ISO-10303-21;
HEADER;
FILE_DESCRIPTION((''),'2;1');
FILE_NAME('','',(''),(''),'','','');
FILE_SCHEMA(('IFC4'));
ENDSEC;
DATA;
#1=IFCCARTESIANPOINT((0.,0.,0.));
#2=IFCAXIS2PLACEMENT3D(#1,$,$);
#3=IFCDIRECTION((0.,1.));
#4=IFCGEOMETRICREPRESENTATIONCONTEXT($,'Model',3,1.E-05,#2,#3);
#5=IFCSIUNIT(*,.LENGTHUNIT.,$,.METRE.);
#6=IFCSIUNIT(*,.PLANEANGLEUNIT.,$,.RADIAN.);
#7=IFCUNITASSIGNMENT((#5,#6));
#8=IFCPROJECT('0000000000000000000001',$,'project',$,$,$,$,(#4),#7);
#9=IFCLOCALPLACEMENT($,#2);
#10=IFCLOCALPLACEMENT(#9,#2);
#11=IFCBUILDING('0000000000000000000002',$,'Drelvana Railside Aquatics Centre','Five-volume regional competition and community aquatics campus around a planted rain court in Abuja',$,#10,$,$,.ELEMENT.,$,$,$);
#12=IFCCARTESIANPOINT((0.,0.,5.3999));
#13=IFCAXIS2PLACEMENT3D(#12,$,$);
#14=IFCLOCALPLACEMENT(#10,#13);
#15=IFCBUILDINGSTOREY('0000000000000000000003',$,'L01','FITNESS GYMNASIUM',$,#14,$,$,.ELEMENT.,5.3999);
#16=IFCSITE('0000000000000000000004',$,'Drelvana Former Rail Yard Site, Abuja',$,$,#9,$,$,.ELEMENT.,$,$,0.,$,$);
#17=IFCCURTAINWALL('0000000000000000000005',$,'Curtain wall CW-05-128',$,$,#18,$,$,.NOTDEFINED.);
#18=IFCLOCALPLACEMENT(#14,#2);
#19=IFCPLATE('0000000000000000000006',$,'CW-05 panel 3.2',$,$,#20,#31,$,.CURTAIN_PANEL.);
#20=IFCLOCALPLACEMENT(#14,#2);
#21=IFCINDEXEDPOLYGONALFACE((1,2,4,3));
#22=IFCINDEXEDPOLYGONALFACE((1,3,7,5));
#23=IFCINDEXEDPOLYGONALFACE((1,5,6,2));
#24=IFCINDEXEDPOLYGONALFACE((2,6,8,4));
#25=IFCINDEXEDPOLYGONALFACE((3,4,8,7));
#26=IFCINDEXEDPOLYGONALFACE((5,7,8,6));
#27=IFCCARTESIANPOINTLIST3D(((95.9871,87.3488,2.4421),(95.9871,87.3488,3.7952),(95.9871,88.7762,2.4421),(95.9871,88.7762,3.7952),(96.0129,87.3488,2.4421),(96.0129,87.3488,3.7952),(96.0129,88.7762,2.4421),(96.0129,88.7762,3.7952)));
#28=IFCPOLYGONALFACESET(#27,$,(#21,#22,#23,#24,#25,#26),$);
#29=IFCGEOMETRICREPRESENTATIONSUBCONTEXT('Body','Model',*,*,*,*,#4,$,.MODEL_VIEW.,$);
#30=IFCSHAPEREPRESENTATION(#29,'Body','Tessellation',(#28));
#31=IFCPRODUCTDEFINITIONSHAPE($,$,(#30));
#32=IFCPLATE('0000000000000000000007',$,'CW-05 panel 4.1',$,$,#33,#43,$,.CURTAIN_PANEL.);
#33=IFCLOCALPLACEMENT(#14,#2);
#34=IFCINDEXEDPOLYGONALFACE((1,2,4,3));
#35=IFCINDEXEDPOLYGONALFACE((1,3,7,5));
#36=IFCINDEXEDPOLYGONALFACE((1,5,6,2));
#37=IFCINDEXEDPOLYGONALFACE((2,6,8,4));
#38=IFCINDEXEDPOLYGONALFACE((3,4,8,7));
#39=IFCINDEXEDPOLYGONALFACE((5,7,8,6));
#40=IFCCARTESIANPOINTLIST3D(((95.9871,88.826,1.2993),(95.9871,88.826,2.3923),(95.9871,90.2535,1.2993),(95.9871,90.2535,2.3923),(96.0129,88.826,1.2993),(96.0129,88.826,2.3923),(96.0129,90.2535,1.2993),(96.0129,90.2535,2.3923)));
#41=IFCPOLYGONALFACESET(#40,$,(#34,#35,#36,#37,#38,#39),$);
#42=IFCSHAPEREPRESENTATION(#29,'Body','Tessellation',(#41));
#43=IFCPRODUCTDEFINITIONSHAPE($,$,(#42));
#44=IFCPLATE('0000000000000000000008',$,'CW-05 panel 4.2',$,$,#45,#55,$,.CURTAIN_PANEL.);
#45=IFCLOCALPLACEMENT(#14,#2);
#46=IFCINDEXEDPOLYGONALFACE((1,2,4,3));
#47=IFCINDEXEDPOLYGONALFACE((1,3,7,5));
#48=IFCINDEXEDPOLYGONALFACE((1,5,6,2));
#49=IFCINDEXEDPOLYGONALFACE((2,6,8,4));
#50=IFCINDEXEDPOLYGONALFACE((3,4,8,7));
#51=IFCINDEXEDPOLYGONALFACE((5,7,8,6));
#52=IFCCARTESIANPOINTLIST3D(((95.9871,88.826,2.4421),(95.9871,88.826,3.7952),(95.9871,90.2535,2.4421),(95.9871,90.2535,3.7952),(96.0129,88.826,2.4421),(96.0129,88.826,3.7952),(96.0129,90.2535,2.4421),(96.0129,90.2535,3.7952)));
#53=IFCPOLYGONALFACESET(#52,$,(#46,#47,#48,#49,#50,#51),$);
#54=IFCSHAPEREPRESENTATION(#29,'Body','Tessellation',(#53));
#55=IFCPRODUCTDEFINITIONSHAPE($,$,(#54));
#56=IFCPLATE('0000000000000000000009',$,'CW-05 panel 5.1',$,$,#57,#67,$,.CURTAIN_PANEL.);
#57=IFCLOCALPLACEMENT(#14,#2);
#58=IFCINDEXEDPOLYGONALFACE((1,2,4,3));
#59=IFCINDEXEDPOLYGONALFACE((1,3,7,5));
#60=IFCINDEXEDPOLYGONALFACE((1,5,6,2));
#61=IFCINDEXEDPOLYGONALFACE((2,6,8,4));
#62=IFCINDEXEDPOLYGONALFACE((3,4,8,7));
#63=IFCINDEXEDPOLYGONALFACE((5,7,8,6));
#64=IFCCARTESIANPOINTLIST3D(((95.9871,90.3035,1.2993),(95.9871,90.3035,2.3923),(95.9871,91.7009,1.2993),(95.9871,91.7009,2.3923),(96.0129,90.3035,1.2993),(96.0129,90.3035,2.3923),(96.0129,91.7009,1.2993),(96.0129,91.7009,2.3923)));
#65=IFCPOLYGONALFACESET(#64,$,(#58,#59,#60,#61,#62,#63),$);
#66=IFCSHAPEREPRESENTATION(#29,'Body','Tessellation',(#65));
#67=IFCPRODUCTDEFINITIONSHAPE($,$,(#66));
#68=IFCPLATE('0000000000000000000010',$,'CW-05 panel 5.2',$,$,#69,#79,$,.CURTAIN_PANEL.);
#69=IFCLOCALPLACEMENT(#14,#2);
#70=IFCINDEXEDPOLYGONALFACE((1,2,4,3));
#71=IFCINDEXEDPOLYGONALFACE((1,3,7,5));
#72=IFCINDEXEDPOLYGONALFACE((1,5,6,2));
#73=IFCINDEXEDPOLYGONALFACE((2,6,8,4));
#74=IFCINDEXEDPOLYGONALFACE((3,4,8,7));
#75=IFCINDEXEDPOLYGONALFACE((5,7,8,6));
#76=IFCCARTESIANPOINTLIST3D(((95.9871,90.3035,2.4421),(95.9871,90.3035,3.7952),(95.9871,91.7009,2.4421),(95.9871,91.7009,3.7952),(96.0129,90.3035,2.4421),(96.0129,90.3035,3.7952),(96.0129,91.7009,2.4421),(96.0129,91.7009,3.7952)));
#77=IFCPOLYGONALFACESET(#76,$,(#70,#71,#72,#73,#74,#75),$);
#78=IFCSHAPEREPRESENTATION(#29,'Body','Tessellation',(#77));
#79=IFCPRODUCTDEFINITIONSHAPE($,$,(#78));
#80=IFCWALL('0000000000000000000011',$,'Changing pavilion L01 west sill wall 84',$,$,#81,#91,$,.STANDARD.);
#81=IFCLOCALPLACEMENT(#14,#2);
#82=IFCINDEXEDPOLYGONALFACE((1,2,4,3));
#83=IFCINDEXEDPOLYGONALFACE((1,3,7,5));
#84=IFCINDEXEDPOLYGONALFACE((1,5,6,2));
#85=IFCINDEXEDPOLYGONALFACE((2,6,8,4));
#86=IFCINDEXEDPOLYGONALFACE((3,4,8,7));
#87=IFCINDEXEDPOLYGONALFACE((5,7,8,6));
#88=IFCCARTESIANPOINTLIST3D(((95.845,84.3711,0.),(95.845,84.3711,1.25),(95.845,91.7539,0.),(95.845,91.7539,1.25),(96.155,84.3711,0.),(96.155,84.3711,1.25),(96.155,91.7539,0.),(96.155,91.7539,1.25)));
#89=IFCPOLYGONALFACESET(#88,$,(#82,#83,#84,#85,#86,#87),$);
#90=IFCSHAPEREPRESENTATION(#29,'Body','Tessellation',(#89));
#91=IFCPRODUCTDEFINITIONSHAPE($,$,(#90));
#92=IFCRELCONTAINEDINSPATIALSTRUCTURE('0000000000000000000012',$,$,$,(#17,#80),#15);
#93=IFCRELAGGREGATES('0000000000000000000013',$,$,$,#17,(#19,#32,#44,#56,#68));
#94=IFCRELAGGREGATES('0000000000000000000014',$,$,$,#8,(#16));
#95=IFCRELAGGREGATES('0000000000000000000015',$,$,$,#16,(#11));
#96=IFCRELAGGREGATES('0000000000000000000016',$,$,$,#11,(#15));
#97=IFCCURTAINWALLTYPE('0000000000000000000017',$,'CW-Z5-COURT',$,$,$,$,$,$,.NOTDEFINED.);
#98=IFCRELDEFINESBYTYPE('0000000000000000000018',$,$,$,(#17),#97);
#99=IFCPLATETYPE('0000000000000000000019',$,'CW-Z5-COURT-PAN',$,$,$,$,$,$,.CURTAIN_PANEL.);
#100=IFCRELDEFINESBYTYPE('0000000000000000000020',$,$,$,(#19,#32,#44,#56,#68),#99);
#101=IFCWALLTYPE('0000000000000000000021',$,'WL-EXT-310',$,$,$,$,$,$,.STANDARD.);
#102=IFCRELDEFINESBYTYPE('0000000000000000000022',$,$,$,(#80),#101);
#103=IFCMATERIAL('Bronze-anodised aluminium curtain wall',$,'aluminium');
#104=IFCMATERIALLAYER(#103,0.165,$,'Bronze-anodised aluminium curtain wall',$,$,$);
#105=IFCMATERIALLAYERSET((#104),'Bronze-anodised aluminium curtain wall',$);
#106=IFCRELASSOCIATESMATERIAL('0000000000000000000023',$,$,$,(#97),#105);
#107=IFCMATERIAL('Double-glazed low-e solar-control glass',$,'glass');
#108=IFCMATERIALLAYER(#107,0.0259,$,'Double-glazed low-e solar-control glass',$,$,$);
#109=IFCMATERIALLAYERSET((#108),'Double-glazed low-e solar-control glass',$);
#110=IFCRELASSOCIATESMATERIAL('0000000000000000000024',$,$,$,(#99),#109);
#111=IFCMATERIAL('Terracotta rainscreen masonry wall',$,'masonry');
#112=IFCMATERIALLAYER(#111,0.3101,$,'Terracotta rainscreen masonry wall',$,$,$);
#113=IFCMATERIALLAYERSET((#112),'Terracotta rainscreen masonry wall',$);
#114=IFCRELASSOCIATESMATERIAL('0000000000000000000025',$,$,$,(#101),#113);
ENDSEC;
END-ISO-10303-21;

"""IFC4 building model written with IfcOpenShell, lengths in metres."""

from ifc_helpers import new_model, si_unit, direction, frame, frame_2d, origin, origin_2d, place, context, subcontext, project, spatial, rectangle, extrude, material, layer, layer_set, type_object, element, aggregate, save


model = new_model("IFC4")

# Units and contexts
model_context = context("Model", 3, precision=1e-05, world=origin(), true_north=direction((0.0, 1.0)))
body_context = subcontext(model_context, "Body", "Model", "MODEL_VIEW")
ifc_project = project(units=[si_unit("LENGTHUNIT", "METRE"), si_unit("PLANEANGLEUNIT", "RADIAN")], contexts=[model_context])

# Site, building, storey
site_placement = place(None, origin())
site = spatial("IfcSite", under=ifc_project, at=site_placement, Name="Drelvana Former Rail Yard Site, Abuja", CompositionType="ELEMENT", RefElevation=0.0)
building_placement = place(site_placement, origin())
building = spatial("IfcBuilding", under=site, at=building_placement, Name="Drelvana Railside Aquatics Centre", Description="Five-volume regional competition and community aquatics campus around a planted rain court in Abuja", CompositionType="ELEMENT")
storey_placement = place(building_placement, frame((0.0, 0.0, 5.3999)))
storey = spatial("IfcBuildingStorey", under=building, at=storey_placement, Name="L01", Description="FITNESS GYMNASIUM", CompositionType="ELEMENT", Elevation=5.3999)

# Curtain wall
ifc_material_1 = material(Name="Bronze-anodised aluminium curtain wall", Category="aluminium")
ifc_layer_1 = layer(ifc_material_1, 0.165, Name="Bronze-anodised aluminium curtain wall")
ifc_layer_set_1 = layer_set([ifc_layer_1], Name="Bronze-anodised aluminium curtain wall")
curtain_wall_type = type_object("IfcCurtainWallType", Name="CW-Z5-COURT", PredefinedType="NOTDEFINED", material=ifc_layer_set_1)
curtain_wall_1_placement = place(storey_placement, origin())
curtain_wall_1 = element("IfcCurtainWall", 1, at=curtain_wall_1_placement, inside=storey, type_object=curtain_wall_type, Name="Curtain wall CW-05-128", PredefinedType="NOTDEFINED")

# Shared definitions
ifc_material_2 = material(Name="Double-glazed low-e solar-control glass", Category="glass")
ifc_layer_2 = layer(ifc_material_2, 0.0259, Name="Double-glazed low-e solar-control glass")
ifc_layer_set_2 = layer_set([ifc_layer_2], Name="Double-glazed low-e solar-control glass")
plate_type = type_object("IfcPlateType", Name="CW-Z5-COURT-PAN", PredefinedType="CURTAIN_PANEL", material=ifc_layer_set_2)

# Plates
plate_1_placement = place(storey_placement, frame((96.0, 88.0625, 2.4421), z_axis=(0.0, 0.0, 1.0), x_axis=(0.0, 1.0, 0.0)))
plate_1 = element("IfcPlate", 2, at=plate_1_placement, type_object=plate_type, Name="CW-05 panel 3.2", PredefinedType="CURTAIN_PANEL", context=body_context, shape_type="SweptSolid", body=[
    extrude(rectangle(XDim=1.4275, YDim=0.0259, at=origin_2d()), origin(), (0.0, 0.0, 1.0), 1.353),
])
plate_2_placement = place(storey_placement, frame((96.0, 89.5398, 1.2993), z_axis=(0.0, 0.0, 1.0), x_axis=(0.0, 1.0, 0.0)))
plate_2 = element("IfcPlate", 3, at=plate_2_placement, type_object=plate_type, Name="CW-05 panel 4.1", PredefinedType="CURTAIN_PANEL", context=body_context, shape_type="SweptSolid", body=[
    extrude(rectangle(XDim=1.4275, YDim=0.0259, at=origin_2d()), origin(), (0.0, 0.0, 1.0), 1.093),
])
plate_3_placement = place(storey_placement, frame((96.0, 89.5398, 2.4421), z_axis=(0.0, 0.0, 1.0), x_axis=(0.0, 1.0, 0.0)))
plate_3 = element("IfcPlate", 4, at=plate_3_placement, type_object=plate_type, Name="CW-05 panel 4.2", PredefinedType="CURTAIN_PANEL", context=body_context, shape_type="SweptSolid", body=[
    extrude(rectangle(XDim=1.4275, YDim=0.0259, at=origin_2d()), origin(), (0.0, 0.0, 1.0), 1.353),
])
plate_4_placement = place(storey_placement, frame((96.0, 91.0022, 1.2993), z_axis=(0.0, 0.0, 1.0), x_axis=(0.0, 1.0, 0.0)))
plate_4 = element("IfcPlate", 5, at=plate_4_placement, type_object=plate_type, Name="CW-05 panel 5.1", PredefinedType="CURTAIN_PANEL", context=body_context, shape_type="SweptSolid", body=[
    extrude(rectangle(XDim=1.3975, YDim=0.0259, at=origin_2d()), origin(), (0.0, 0.0, 1.0), 1.093),
])
plate_5_placement = place(storey_placement, frame((96.0, 91.0022, 2.4421), z_axis=(0.0, 0.0, 1.0), x_axis=(0.0, 1.0, 0.0)))
plate_5 = element("IfcPlate", 6, at=plate_5_placement, type_object=plate_type, Name="CW-05 panel 5.2", PredefinedType="CURTAIN_PANEL", context=body_context, shape_type="SweptSolid", body=[
    extrude(rectangle(XDim=1.3975, YDim=0.0259, at=origin_2d()), origin(), (0.0, 0.0, 1.0), 1.353),
])
aggregate(curtain_wall_1, [plate_1, plate_2, plate_3, plate_4, plate_5])

# Wall
ifc_material_3 = material(Name="Terracotta rainscreen masonry wall", Category="masonry")
ifc_layer_3 = layer(ifc_material_3, 0.3101, Name="Terracotta rainscreen masonry wall")
ifc_layer_set_3 = layer_set([ifc_layer_3], Name="Terracotta rainscreen masonry wall")
wall_type = type_object("IfcWallType", Name="WL-EXT-310", PredefinedType="STANDARD", material=ifc_layer_set_3)
wall_placement = place(storey_placement, frame((96.0, 84.3711, 0.0), z_axis=(0.0, 0.0, 1.0), x_axis=(0.0, 1.0, 0.0)))
element("IfcWall", 7, at=wall_placement, inside=storey, type_object=wall_type, Name="Changing pavilion L01 west sill wall 84", PredefinedType="STANDARD", context=body_context, shape_type="SweptSolid", body=[
    extrude(rectangle(XDim=7.3828, YDim=0.3101, at=frame_2d((3.6914, 0.0))), origin(), (0.0, 0.0, 1.0), 1.25),
])

save(model, "model.ifc")
